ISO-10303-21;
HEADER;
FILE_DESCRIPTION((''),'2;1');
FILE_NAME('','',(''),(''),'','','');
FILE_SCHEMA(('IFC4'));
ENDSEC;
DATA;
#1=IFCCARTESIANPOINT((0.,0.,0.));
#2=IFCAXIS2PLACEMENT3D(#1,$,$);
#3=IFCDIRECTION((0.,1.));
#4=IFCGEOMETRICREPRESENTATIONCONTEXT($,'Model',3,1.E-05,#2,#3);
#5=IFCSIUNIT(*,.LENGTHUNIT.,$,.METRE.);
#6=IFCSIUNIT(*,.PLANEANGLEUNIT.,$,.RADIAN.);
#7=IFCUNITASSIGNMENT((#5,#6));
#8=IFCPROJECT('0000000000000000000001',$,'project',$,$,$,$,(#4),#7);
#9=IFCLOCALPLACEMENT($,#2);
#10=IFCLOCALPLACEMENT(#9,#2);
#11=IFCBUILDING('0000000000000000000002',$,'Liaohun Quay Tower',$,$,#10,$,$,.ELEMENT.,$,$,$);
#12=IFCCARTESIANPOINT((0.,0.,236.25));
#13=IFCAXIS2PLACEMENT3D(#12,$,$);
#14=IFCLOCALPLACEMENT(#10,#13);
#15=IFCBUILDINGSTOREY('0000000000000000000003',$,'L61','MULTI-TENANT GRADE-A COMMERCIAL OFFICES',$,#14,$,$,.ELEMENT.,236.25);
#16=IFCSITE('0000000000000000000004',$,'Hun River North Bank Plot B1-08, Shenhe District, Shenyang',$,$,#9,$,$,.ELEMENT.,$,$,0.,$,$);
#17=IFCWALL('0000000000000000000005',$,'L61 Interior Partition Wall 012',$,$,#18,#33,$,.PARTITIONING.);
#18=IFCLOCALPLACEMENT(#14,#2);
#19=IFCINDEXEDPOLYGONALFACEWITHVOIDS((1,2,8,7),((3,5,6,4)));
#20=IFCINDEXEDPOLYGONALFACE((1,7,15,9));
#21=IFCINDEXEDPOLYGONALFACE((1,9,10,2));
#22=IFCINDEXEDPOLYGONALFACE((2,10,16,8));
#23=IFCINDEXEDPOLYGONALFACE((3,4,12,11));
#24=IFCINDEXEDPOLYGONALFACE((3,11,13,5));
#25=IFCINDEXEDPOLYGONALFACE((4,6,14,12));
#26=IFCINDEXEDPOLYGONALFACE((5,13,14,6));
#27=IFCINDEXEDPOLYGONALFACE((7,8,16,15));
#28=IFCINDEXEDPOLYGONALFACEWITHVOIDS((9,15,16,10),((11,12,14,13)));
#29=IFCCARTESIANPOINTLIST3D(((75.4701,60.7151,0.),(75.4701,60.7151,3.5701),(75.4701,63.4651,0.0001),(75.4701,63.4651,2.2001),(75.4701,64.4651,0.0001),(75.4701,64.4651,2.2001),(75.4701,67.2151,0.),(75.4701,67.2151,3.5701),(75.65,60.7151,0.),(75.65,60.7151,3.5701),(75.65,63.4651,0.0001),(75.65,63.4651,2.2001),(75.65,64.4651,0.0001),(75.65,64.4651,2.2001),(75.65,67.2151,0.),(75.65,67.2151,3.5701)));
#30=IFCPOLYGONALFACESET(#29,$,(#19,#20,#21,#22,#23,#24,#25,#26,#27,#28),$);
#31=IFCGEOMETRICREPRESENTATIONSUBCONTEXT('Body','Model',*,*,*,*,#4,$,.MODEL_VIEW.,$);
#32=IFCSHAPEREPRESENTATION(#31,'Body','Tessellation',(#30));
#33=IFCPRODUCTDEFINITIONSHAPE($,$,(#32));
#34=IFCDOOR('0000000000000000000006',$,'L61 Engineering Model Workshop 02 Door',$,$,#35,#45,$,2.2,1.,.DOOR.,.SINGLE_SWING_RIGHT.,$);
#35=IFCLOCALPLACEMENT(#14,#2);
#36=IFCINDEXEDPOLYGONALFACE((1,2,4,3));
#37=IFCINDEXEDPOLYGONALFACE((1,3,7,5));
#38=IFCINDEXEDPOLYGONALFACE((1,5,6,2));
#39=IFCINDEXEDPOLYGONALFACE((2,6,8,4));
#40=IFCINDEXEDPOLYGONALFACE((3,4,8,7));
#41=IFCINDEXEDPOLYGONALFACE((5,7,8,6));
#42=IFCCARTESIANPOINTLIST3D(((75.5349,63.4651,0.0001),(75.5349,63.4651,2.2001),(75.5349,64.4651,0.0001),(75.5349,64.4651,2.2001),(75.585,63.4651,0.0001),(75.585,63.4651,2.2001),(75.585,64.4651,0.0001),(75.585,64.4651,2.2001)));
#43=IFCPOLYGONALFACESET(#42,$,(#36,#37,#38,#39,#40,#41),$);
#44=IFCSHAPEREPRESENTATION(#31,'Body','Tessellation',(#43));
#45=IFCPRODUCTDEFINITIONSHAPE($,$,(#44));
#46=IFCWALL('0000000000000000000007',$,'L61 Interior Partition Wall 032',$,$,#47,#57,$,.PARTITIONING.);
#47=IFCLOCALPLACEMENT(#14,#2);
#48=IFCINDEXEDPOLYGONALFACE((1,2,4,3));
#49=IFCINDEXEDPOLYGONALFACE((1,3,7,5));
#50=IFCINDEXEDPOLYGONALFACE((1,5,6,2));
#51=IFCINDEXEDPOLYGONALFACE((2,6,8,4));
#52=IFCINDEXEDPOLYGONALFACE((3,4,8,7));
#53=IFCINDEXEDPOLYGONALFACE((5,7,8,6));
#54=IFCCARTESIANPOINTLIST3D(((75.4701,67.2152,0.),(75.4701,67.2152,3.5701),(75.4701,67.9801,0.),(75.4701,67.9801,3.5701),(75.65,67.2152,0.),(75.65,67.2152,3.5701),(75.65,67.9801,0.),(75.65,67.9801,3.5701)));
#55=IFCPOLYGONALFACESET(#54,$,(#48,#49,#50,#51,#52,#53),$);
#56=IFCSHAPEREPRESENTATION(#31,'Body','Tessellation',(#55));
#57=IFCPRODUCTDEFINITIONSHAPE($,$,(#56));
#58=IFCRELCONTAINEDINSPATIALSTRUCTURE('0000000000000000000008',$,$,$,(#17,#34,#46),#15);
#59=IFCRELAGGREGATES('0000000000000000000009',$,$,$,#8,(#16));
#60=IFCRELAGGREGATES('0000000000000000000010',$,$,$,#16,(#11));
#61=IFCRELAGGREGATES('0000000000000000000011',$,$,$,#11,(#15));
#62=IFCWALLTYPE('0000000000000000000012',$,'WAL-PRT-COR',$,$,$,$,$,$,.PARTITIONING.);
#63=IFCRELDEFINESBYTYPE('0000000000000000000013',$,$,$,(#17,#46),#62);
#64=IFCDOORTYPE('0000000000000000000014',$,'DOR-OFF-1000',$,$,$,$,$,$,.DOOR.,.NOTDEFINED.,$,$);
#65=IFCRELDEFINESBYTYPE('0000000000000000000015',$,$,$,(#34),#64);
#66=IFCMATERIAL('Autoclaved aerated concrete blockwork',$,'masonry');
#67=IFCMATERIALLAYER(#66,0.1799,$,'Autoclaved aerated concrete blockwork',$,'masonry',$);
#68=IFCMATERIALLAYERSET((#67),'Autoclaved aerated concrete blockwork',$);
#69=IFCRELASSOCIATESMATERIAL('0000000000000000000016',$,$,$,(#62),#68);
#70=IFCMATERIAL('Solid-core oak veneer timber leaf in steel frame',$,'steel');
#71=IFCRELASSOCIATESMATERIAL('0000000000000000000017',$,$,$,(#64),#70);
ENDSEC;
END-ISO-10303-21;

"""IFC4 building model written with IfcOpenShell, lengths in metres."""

from ifc_helpers import new_model, si_unit, direction, frame, frame_2d, origin, place, context, subcontext, project, spatial, rectangle, extrude, source, transform, mapped, material, layer, layer_set, type_object, element, fill, save


model = new_model("IFC4")

# Units and contexts
model_context = context("Model", 3, precision=1e-05, world=origin(), true_north=direction((0.0, 1.0)))
body_context = subcontext(model_context, "Body", "Model", "MODEL_VIEW")
ifc_project = project(units=[si_unit("LENGTHUNIT", "METRE"), si_unit("PLANEANGLEUNIT", "RADIAN")], contexts=[model_context])

# Site, building, storey
site_placement = place(None, origin())
site = spatial("IfcSite", under=ifc_project, at=site_placement, Name="Hun River North Bank Plot B1-08, Shenhe District, Shenyang", CompositionType="ELEMENT", RefElevation=0.0)
building_placement = place(site_placement, origin())
building = spatial("IfcBuilding", under=site, at=building_placement, Name="Liaohun Quay Tower", CompositionType="ELEMENT")
storey_placement = place(building_placement, frame((0.0, 0.0, 236.25)))
storey = spatial("IfcBuildingStorey", under=building, at=storey_placement, Name="L61", Description="MULTI-TENANT GRADE-A COMMERCIAL OFFICES", CompositionType="ELEMENT", Elevation=236.25)

# Wall, opening, door
ifc_material_1 = material(Name="Autoclaved aerated concrete blockwork", Category="masonry")
ifc_layer_1 = layer(ifc_material_1, 0.1799, Name="Autoclaved aerated concrete blockwork", Category="masonry")
ifc_layer_set_1 = layer_set([ifc_layer_1], Name="Autoclaved aerated concrete blockwork")
wall_type_1 = type_object("IfcWallType", Name="WAL-PRT-COR", PredefinedType="PARTITIONING", material=ifc_layer_set_1)
wall_1_placement = place(storey_placement, frame((75.5601, 67.2151, 0.0), z_axis=(0.0, 0.0, 1.0), x_axis=(0.0, -1.0, 0.0)))
wall_1 = element("IfcWall", 1, at=wall_1_placement, inside=storey, type_object=wall_type_1, Name="L61 Interior Partition Wall 012", PredefinedType="PARTITIONING", context=body_context, shape_type="SweptSolid", body=[
    extrude(rectangle(XDim=6.5, YDim=0.1799, at=frame_2d((3.25, 0.0))), origin(), (0.0, 0.0, 1.0), 3.5701),
])
shared_shape_1 = source(origin(), body_context, "Body", "SweptSolid", [
    extrude(rectangle(XDim=1.0, YDim=2.2, at=frame_2d((0.5, 1.1001))), frame((0.0, 0.0999, 0.0), z_axis=(0.0, -1.0, 0.0), x_axis=(1.0, 0.0, 0.0)), (0.0, 0.0, 1.0), 0.2),
])
opening_1_placement = place(wall_1_placement, frame((2.75, 0.0, 0.0)))
opening_1 = element("IfcOpeningElement", 2, at=opening_1_placement, cuts=wall_1, PredefinedType="OPENING", context=body_context, shape_type="MappedRepresentation", body=[
    mapped(shared_shape_1, transform((0.0, 0.0, 0.0), x_axis=(1.0, 0.0, 0.0), y_axis=(0.0, 1.0, 0.0), z_axis=(0.0, 0.0, 1.0), scale=1.0)),
])
ifc_material_2 = material(Name="Solid-core oak veneer timber leaf in steel frame", Category="steel")
door_type_1 = type_object("IfcDoorType", Name="DOR-OFF-1000", OperationType="NOTDEFINED", PredefinedType="DOOR", material=ifc_material_2)
shared_shape_2 = source(origin(), body_context, "Body", "SweptSolid", [
    extrude(rectangle(XDim=1.0, YDim=2.2, at=frame_2d((0.5, 1.1001))), frame((0.0, 0.0249, 0.0), z_axis=(0.0, -1.0, 0.0), x_axis=(1.0, 0.0, 0.0)), (0.0, 0.0, 1.0), 0.05),
])
door_1_placement = place(opening_1_placement, origin())
door_1 = element("IfcDoor", 3, at=door_1_placement, inside=storey, type_object=door_type_1, Name="L61 Engineering Model Workshop 02 Door", OperationType="SINGLE_SWING_RIGHT", OverallHeight=2.2, OverallWidth=1.0, PredefinedType="DOOR", context=body_context, shape_type="MappedRepresentation", body=[
    mapped(shared_shape_2, transform((0.0, 0.0, 0.0), x_axis=(1.0, 0.0, 0.0), y_axis=(0.0, 1.0, 0.0), z_axis=(0.0, 0.0, 1.0), scale=1.0)),
])
fill(opening_1, door_1)

# Wall
wall_2_placement = place(storey_placement, frame((75.5601, 67.98, 0.0), z_axis=(0.0, 0.0, 1.0), x_axis=(0.0, -1.0, 0.0)))
element("IfcWall", 4, at=wall_2_placement, inside=storey, type_object=wall_type_1, Name="L61 Interior Partition Wall 032", PredefinedType="PARTITIONING", context=body_context, shape_type="SweptSolid", body=[
    extrude(rectangle(XDim=0.7649, YDim=0.1799, at=frame_2d((0.3823, 0.0))), origin(), (0.0, 0.0, 1.0), 3.5701),
])

save(model, "model.ifc")
